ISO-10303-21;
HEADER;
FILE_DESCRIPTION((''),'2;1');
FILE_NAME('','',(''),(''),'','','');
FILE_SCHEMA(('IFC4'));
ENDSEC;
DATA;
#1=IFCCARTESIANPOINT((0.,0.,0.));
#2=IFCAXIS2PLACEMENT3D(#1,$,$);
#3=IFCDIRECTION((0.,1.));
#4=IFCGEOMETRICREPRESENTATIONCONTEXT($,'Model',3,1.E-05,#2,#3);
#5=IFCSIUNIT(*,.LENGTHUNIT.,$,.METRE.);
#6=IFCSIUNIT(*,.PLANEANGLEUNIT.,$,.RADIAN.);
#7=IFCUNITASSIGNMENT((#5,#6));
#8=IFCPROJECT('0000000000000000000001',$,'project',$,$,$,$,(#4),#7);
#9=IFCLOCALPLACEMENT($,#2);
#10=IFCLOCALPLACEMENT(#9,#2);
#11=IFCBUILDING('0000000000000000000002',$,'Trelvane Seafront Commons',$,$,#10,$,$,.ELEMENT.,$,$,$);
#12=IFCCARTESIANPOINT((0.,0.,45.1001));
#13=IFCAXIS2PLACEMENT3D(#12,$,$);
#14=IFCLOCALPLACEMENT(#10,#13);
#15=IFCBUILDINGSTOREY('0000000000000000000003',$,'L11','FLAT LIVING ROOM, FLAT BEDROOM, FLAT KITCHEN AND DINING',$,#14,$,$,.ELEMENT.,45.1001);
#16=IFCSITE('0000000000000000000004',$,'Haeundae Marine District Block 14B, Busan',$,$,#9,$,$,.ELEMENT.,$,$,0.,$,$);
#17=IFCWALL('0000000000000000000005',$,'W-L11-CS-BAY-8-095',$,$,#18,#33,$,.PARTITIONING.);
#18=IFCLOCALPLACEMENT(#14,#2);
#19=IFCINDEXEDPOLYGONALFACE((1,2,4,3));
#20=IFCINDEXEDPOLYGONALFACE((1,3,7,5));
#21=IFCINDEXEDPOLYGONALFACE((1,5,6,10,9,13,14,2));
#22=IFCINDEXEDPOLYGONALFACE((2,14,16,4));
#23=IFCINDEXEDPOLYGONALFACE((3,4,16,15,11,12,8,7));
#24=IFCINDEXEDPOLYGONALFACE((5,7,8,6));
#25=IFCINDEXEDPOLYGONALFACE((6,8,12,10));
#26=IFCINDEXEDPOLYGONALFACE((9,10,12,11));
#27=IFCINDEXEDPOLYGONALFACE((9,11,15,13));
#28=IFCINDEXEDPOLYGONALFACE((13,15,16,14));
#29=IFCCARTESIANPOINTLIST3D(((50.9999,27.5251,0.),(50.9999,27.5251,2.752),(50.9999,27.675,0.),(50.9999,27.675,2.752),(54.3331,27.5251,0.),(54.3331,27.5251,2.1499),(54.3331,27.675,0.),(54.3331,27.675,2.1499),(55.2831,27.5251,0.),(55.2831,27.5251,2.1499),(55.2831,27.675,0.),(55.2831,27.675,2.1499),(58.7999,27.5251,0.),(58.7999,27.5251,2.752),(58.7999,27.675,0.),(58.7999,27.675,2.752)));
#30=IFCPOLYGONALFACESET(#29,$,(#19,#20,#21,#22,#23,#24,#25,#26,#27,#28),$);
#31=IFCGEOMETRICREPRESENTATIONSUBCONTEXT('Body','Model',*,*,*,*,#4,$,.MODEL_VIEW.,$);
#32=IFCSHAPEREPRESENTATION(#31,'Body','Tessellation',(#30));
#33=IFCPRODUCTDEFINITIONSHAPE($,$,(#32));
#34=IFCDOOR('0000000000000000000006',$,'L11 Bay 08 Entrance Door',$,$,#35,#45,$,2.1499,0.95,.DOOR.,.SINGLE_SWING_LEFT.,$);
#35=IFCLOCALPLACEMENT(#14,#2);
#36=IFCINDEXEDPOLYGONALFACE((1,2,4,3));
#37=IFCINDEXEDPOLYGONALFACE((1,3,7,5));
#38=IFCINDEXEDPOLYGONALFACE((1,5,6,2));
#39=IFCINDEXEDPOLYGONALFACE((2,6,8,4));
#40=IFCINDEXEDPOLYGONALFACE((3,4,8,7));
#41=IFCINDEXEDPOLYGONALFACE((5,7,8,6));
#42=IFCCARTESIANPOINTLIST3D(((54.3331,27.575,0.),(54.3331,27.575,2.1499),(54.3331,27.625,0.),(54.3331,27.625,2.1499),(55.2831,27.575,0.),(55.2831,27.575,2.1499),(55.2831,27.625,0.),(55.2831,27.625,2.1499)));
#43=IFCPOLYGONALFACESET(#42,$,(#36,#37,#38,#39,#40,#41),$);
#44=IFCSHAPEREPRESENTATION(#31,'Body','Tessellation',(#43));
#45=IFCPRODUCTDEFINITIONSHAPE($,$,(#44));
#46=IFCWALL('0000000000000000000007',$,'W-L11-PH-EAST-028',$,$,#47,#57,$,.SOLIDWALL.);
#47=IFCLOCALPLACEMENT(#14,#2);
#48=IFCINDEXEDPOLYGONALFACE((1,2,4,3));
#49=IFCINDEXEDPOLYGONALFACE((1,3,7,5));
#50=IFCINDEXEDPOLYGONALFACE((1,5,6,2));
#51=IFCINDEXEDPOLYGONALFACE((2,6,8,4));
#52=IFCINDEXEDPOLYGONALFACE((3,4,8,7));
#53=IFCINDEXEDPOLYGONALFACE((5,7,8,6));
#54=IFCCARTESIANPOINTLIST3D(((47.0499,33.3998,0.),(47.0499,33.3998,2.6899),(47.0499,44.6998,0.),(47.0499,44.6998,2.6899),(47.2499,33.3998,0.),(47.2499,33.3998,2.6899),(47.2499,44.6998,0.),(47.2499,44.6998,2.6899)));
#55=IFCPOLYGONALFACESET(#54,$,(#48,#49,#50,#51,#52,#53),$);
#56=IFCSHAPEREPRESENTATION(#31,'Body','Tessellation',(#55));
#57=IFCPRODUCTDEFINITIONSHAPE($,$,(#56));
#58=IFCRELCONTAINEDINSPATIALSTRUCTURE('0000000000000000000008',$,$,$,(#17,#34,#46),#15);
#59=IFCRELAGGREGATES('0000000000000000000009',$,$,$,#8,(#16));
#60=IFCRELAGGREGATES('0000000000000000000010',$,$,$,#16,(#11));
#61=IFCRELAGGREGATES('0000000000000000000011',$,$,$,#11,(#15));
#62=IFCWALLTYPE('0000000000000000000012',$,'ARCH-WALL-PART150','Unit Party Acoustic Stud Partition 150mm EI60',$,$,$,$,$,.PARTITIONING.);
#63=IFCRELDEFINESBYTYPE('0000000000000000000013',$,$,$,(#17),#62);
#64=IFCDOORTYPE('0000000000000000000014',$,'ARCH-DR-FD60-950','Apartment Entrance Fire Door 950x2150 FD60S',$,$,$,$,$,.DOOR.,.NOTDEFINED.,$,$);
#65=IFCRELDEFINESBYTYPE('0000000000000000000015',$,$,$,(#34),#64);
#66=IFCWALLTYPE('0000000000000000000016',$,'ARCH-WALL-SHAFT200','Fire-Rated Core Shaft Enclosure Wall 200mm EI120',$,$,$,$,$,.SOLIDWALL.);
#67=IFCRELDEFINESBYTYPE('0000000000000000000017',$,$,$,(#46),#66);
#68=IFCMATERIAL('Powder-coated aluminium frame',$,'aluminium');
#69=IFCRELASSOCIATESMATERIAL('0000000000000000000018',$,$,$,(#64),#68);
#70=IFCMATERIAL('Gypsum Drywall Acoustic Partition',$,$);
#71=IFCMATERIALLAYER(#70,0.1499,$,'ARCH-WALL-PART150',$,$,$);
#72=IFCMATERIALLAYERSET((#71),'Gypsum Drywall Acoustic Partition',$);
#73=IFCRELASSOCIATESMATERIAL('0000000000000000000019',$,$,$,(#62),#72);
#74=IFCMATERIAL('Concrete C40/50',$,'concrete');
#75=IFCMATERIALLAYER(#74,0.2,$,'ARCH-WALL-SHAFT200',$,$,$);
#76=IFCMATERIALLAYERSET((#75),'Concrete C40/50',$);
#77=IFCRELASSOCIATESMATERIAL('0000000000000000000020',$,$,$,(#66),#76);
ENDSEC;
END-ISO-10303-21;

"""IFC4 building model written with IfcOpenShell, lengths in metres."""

from ifc_helpers import new_model, si_unit, direction, frame, frame_2d, origin, place, context, subcontext, project, spatial, rectangle, extrude, source, transform, mapped, material, layer, layer_set, type_object, element, fill, save


model = new_model("IFC4")

# Units and contexts
model_context = context("Model", 3, precision=1e-05, world=origin(), true_north=direction((0.0, 1.0)))
body_context = subcontext(model_context, "Body", "Model", "MODEL_VIEW")
ifc_project = project(units=[si_unit("LENGTHUNIT", "METRE"), si_unit("PLANEANGLEUNIT", "RADIAN")], contexts=[model_context])

# Site, building, storey
site_placement = place(None, origin())
site = spatial("IfcSite", under=ifc_project, at=site_placement, Name="Haeundae Marine District Block 14B, Busan", CompositionType="ELEMENT", RefElevation=0.0)
building_placement = place(site_placement, origin())
building = spatial("IfcBuilding", under=site, at=building_placement, Name="Trelvane Seafront Commons", CompositionType="ELEMENT")
storey_placement = place(building_placement, frame((0.0, 0.0, 45.1001)))
storey = spatial("IfcBuildingStorey", under=building, at=storey_placement, Name="L11", Description="FLAT LIVING ROOM, FLAT BEDROOM, FLAT KITCHEN AND DINING", CompositionType="ELEMENT", Elevation=45.1001)

# Shared definitions
ifc_material_1 = material(Name="Concrete C40/50", Category="concrete")
ifc_material_2 = material(Name="Powder-coated aluminium frame", Category="aluminium")
door_type_1 = type_object("IfcDoorType", Name="ARCH-DR-FD60-950", Description="Apartment Entrance Fire Door 950x2150 FD60S", OperationType="NOTDEFINED", PredefinedType="DOOR", material=ifc_material_2)
shared_shape_1 = source(origin(), body_context, "Body", "SweptSolid", [
    extrude(rectangle(XDim=0.95, YDim=2.1499, at=frame_2d((0.4751, 1.075))), frame((0.0, 0.0249, 0.0), z_axis=(0.0, -1.0, 0.0), x_axis=(1.0, 0.0, 0.0)), (0.0, 0.0, 1.0), 0.05),
])

# Shared definitions
ifc_material_3 = material(Name="Gypsum Drywall Acoustic Partition")

# Wall, opening, door
ifc_layer_1 = layer(ifc_material_3, 0.1499, Name="ARCH-WALL-PART150")
ifc_layer_set_1 = layer_set([ifc_layer_1], Name="Gypsum Drywall Acoustic Partition")
wall_type_1 = type_object("IfcWallType", Name="ARCH-WALL-PART150", Description="Unit Party Acoustic Stud Partition 150mm EI60", PredefinedType="PARTITIONING", material=ifc_layer_set_1)
wall_1_placement = place(storey_placement, frame((51.0, 27.6001, 0.0), z_axis=(0.0, 0.0, 1.0), x_axis=(1.0, 0.0, 0.0)))
wall_1 = element("IfcWall", 1, at=wall_1_placement, inside=storey, type_object=wall_type_1, Name="W-L11-CS-BAY-8-095", PredefinedType="PARTITIONING", context=body_context, shape_type="SweptSolid", body=[
    extrude(rectangle(XDim=7.8, YDim=0.1499, at=frame_2d((3.8999, 0.0))), origin(), (0.0, 0.0, 1.0), 2.752),
])
opening_1_placement = place(wall_1_placement, frame((3.333, 0.0, 0.0)))
opening_1 = element("IfcOpeningElement", 2, at=opening_1_placement, cuts=wall_1, PredefinedType="OPENING", context=body_context, shape_type="SweptSolid", body=[
    extrude(rectangle(XDim=0.95, YDim=2.1499, at=frame_2d((0.4751, 1.075))), frame((0.0, 0.085, 0.0), z_axis=(0.0, -1.0, 0.0), x_axis=(1.0, 0.0, 0.0)), (0.0, 0.0, 1.0), 0.1699),
])
door_1_placement = place(opening_1_placement, origin())
door_1 = element("IfcDoor", 3, at=door_1_placement, inside=storey, type_object=door_type_1, Name="L11 Bay 08 Entrance Door", OperationType="SINGLE_SWING_LEFT", OverallHeight=2.1499, OverallWidth=0.95, PredefinedType="DOOR", context=body_context, shape_type="MappedRepresentation", body=[
    mapped(shared_shape_1, transform((0.0, 0.0, 0.0), x_axis=(1.0, 0.0, 0.0), y_axis=(0.0, 1.0, 0.0), z_axis=(0.0, 0.0, 1.0), scale=1.0)),
])
fill(opening_1, door_1)

# Wall
ifc_layer_2 = layer(ifc_material_1, 0.2, Name="ARCH-WALL-SHAFT200")
ifc_layer_set_2 = layer_set([ifc_layer_2], Name="Concrete C40/50")
wall_type_2 = type_object("IfcWallType", Name="ARCH-WALL-SHAFT200", Description="Fire-Rated Core Shaft Enclosure Wall 200mm EI120", PredefinedType="SOLIDWALL", material=ifc_layer_set_2)
wall_2_placement = place(storey_placement, frame((47.1499, 33.3999, 0.0), z_axis=(0.0, 0.0, 1.0), x_axis=(0.0, 1.0, 0.0)))
element("IfcWall", 4, at=wall_2_placement, inside=storey, type_object=wall_type_2, Name="W-L11-PH-EAST-028", PredefinedType="SOLIDWALL", context=body_context, shape_type="SweptSolid", body=[
    extrude(rectangle(XDim=11.3, YDim=0.2, at=frame_2d((5.6499, 0.0))), origin(), (0.0, 0.0, 1.0), 2.6899),
])

save(model, "model.ifc")
